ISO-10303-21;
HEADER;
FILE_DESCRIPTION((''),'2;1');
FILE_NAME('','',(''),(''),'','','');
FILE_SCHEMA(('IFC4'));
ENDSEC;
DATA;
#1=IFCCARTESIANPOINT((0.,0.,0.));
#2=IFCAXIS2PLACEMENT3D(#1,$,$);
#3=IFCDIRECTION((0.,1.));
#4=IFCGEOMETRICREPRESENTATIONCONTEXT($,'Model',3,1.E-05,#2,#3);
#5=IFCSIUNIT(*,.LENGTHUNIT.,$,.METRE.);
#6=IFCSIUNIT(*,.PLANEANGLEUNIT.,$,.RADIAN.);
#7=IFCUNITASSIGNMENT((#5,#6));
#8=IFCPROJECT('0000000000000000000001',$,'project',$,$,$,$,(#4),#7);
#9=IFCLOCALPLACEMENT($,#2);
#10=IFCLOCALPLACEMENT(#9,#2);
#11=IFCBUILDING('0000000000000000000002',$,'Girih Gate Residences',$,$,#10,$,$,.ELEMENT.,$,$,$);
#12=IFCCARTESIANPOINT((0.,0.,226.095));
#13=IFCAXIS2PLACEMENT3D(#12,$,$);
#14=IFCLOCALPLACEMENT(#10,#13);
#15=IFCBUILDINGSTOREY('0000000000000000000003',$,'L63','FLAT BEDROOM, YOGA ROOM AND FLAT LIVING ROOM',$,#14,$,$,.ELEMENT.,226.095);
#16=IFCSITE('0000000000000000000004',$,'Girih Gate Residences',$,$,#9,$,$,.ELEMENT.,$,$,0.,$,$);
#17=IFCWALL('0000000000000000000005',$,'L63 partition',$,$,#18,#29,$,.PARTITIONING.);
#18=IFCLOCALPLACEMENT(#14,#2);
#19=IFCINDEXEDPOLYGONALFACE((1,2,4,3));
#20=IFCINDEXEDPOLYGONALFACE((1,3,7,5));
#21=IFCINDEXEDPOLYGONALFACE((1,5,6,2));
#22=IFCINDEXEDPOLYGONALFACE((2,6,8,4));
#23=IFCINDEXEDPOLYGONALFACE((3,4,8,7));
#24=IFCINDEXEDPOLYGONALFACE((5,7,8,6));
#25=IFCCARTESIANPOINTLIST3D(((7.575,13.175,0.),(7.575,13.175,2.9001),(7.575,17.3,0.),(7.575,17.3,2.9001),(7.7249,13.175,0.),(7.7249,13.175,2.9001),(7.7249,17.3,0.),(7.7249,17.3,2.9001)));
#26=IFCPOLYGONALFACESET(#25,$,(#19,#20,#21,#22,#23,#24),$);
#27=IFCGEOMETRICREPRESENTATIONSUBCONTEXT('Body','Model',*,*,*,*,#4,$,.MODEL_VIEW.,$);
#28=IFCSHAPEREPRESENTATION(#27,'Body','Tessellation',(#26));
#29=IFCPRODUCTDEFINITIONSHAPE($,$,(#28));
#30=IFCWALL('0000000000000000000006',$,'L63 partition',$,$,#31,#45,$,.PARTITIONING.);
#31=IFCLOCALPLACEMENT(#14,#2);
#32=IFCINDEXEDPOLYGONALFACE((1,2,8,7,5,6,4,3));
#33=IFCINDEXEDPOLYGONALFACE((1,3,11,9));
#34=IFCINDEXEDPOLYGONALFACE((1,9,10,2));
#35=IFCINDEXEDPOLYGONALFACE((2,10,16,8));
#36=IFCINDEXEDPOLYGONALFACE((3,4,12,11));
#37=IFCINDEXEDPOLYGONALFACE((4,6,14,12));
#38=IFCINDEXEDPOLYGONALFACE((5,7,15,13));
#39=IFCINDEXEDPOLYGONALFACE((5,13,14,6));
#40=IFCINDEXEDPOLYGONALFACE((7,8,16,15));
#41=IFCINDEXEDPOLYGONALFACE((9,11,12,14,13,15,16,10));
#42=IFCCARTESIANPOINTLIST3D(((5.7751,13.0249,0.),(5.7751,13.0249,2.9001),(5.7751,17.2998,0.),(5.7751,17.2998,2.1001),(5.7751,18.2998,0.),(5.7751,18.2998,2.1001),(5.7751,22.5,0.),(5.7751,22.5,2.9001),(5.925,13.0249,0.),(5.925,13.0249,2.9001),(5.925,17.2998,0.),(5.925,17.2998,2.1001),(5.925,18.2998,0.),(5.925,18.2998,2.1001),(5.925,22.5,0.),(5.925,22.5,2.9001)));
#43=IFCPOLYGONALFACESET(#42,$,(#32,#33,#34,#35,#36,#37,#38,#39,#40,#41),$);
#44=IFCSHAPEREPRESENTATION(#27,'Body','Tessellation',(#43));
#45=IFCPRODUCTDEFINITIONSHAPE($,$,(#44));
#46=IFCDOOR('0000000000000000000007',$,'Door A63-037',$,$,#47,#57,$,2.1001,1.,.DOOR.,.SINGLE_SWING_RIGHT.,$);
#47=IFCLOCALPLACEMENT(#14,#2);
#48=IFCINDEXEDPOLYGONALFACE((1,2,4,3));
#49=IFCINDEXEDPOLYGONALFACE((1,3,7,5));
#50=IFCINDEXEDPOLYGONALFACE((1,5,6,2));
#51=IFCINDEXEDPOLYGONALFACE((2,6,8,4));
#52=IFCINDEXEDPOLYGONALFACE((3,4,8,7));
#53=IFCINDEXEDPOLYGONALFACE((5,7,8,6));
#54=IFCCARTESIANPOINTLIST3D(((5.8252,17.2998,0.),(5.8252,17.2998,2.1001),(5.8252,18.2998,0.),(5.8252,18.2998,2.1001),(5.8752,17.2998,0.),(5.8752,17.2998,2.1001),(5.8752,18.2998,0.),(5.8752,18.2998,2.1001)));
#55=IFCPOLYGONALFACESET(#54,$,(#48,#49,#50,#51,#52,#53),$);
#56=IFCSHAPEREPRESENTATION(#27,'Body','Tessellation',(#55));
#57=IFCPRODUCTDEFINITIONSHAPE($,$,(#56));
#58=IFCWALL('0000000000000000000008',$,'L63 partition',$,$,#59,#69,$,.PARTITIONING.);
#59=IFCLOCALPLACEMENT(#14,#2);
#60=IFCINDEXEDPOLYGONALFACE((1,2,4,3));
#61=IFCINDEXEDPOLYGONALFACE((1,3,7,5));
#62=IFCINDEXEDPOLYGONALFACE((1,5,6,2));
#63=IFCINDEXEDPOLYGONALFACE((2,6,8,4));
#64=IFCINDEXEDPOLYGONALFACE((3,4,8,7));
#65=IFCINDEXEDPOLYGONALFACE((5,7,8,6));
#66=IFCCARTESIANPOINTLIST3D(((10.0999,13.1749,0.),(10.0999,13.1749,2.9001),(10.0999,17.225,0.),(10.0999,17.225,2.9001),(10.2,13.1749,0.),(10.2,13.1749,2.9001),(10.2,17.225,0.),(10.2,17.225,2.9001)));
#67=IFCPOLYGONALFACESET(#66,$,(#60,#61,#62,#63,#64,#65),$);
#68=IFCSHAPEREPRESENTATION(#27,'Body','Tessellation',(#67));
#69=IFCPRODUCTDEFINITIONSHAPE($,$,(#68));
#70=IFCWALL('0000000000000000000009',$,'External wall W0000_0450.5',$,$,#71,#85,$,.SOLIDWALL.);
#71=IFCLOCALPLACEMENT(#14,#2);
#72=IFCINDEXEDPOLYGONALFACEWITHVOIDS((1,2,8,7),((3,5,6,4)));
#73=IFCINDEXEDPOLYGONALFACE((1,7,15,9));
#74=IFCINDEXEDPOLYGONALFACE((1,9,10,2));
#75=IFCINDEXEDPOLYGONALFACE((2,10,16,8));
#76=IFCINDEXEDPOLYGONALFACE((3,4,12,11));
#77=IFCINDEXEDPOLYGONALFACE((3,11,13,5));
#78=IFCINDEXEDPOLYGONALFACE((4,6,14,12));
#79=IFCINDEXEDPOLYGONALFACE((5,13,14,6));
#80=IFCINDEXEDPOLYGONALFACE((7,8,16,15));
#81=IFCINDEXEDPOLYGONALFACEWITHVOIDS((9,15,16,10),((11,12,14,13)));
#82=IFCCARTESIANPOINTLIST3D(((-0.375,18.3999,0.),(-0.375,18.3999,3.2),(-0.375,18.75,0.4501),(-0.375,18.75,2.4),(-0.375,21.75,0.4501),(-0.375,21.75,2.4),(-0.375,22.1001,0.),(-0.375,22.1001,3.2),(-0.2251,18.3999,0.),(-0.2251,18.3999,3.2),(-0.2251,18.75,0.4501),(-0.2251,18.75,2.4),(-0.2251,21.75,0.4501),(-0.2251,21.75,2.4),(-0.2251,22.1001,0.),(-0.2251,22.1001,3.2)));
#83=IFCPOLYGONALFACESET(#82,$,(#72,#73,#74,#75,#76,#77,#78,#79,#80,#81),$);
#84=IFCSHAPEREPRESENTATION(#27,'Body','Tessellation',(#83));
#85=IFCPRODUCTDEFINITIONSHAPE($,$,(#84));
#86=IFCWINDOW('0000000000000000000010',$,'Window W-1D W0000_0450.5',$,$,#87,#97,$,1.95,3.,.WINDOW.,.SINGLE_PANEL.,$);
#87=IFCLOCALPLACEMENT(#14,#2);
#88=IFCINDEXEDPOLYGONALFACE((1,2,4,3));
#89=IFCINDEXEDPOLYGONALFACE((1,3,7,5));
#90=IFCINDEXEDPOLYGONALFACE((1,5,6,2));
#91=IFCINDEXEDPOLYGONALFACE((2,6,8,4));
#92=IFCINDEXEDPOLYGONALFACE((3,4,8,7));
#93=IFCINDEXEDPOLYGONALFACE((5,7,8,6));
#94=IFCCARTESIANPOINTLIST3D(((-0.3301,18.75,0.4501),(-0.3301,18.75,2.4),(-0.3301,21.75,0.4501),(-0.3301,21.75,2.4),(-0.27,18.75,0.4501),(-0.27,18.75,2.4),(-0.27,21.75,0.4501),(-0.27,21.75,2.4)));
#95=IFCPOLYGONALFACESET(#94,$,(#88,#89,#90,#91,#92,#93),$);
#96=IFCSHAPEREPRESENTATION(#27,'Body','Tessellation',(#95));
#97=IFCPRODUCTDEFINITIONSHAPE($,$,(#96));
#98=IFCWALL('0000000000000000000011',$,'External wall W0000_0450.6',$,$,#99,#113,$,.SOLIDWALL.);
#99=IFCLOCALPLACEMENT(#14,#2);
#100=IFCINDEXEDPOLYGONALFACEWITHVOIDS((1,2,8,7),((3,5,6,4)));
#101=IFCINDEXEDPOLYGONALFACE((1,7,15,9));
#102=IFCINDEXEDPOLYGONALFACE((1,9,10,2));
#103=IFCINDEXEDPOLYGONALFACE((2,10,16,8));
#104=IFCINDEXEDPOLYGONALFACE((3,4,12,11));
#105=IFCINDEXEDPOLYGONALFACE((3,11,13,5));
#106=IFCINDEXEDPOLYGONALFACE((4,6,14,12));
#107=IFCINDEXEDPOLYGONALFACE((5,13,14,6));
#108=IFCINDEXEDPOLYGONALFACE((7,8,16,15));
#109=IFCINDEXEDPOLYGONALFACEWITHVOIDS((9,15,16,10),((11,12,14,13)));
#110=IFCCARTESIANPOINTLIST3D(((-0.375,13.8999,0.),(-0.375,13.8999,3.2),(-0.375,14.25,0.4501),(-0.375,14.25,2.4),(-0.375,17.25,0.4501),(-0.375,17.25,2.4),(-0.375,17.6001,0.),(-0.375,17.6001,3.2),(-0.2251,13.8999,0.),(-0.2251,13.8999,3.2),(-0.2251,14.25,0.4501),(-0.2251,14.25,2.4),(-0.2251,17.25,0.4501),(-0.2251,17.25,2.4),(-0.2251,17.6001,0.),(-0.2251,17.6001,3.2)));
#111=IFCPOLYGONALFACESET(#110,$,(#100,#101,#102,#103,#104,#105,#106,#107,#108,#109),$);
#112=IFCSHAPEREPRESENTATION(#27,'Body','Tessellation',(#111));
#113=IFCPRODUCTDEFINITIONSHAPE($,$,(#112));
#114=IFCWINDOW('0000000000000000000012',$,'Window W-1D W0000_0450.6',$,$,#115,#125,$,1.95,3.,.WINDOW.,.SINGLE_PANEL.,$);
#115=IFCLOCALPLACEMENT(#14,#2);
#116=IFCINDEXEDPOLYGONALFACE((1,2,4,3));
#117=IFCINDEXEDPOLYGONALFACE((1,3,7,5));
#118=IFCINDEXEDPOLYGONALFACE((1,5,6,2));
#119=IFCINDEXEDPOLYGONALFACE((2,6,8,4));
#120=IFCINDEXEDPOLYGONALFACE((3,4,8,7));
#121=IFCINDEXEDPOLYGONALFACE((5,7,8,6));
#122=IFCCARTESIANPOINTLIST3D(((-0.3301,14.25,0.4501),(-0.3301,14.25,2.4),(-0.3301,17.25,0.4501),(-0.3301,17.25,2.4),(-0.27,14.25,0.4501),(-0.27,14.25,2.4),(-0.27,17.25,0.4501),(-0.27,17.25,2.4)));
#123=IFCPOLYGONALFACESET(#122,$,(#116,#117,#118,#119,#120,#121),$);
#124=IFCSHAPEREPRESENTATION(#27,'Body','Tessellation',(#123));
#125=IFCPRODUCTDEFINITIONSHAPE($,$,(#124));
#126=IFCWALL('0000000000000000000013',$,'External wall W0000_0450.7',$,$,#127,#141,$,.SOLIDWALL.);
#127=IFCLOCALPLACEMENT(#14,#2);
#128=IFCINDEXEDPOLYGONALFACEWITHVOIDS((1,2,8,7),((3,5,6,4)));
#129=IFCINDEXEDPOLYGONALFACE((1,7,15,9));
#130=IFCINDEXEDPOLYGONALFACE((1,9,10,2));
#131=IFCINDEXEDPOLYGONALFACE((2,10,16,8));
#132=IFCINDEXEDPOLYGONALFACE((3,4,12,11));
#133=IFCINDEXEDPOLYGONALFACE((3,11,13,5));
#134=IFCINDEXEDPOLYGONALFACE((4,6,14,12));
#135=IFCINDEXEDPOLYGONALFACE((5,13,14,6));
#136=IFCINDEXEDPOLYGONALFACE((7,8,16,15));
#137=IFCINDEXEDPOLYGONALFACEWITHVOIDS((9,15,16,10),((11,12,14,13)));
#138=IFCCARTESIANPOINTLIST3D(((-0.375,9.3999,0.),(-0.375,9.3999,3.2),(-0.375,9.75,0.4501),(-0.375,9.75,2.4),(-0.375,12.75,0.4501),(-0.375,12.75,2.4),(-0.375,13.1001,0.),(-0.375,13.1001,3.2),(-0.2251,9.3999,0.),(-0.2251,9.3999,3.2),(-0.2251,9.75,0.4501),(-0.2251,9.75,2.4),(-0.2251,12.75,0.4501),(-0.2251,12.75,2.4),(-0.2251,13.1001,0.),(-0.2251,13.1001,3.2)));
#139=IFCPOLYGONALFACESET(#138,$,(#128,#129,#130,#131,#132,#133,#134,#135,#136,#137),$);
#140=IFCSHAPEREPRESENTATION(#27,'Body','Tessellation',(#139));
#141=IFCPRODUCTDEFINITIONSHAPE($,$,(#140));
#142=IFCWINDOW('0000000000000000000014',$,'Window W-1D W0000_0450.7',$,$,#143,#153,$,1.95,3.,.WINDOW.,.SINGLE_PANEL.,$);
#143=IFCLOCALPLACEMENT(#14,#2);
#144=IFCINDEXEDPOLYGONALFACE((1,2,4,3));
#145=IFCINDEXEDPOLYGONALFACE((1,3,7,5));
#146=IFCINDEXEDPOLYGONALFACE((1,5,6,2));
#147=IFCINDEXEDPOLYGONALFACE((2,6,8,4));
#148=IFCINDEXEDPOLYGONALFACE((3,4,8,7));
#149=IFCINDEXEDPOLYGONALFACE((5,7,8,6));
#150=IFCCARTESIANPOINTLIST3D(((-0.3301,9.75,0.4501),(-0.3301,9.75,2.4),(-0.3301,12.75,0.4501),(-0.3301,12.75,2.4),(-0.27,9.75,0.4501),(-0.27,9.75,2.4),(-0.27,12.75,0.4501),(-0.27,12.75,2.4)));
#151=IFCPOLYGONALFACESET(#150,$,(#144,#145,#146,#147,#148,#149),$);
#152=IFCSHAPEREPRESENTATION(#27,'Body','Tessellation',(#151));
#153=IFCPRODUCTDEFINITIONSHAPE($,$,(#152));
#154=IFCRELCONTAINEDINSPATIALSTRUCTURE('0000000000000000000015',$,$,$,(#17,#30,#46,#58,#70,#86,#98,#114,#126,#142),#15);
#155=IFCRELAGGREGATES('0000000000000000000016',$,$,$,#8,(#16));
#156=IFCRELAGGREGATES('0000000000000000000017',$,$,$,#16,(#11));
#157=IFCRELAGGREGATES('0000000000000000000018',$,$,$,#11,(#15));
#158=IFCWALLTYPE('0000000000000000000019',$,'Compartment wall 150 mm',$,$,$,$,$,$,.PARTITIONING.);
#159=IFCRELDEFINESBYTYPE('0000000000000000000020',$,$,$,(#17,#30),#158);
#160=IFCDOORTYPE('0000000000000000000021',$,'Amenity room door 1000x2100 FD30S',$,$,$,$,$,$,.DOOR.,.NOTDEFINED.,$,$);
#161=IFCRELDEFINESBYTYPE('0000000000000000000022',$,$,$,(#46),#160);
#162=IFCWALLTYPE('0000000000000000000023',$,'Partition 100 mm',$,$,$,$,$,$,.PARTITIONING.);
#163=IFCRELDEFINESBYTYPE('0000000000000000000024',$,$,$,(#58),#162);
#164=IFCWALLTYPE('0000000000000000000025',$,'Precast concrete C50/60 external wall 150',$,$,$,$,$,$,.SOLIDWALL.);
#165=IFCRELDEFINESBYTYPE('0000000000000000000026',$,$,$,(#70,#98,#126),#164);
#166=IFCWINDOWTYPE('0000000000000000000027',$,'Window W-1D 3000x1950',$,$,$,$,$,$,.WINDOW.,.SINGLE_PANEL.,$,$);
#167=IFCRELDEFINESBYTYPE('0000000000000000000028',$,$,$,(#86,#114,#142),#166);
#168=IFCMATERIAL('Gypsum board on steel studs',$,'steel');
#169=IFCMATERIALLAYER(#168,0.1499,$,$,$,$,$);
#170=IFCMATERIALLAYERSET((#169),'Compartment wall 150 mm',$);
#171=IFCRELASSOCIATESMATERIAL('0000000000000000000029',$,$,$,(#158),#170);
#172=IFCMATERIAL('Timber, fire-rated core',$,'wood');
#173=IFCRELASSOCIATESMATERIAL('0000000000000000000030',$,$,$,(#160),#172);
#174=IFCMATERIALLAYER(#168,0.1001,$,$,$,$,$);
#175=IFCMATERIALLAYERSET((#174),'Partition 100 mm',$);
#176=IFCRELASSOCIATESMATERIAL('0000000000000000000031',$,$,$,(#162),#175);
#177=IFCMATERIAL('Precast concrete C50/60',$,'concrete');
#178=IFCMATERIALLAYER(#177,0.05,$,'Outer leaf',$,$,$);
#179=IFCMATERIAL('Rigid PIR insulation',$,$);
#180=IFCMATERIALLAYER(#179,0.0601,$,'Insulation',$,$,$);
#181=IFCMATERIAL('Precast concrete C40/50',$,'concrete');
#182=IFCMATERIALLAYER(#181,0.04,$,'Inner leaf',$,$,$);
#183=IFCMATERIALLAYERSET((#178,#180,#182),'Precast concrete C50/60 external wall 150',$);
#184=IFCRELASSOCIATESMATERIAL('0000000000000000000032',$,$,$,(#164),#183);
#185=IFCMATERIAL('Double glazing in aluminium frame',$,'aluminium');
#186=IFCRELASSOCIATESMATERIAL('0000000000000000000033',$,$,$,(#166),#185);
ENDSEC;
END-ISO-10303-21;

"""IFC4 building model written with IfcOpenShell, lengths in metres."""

from ifc_helpers import new_model, si_unit, direction, frame, frame_2d, origin, place, context, subcontext, project, spatial, rectangle, extrude, material, layer, layer_set, type_object, element, fill, save


model = new_model("IFC4")

# Units and contexts
model_context = context("Model", 3, precision=1e-05, world=origin(), true_north=direction((0.0, 1.0)))
body_context = subcontext(model_context, "Body", "Model", "MODEL_VIEW")
ifc_project = project(units=[si_unit("LENGTHUNIT", "METRE"), si_unit("PLANEANGLEUNIT", "RADIAN")], contexts=[model_context])

# Site, building, storey
site_placement = place(None, origin())
site = spatial("IfcSite", under=ifc_project, at=site_placement, Name="Girih Gate Residences", CompositionType="ELEMENT", RefElevation=0.0)
building_placement = place(site_placement, origin())
building = spatial("IfcBuilding", under=site, at=building_placement, Name="Girih Gate Residences", CompositionType="ELEMENT")
storey_placement = place(building_placement, frame((0.0, 0.0, 226.095)))
storey = spatial("IfcBuildingStorey", under=building, at=storey_placement, Name="L63", Description="FLAT BEDROOM, YOGA ROOM AND FLAT LIVING ROOM", CompositionType="ELEMENT", Elevation=226.095)

# Shared definitions
ifc_material_1 = material(Name="Gypsum board on steel studs", Category="steel")
ifc_layer_1 = layer(ifc_material_1, 0.1499)
ifc_layer_set_1 = layer_set([ifc_layer_1], Name="Compartment wall 150 mm")
wall_type_1 = type_object("IfcWallType", Name="Compartment wall 150 mm", PredefinedType="PARTITIONING", material=ifc_layer_set_1)
ifc_material_2 = material(Name="Timber, fire-rated core", Category="wood")

# Wall
wall_1_placement = place(storey_placement, frame((7.6499, 13.175, 0.0), z_axis=(0.0, 0.0, 1.0), x_axis=(0.0, 1.0, 0.0)))
element("IfcWall", 1, at=wall_1_placement, inside=storey, type_object=wall_type_1, Name="L63 partition", PredefinedType="PARTITIONING", context=body_context, shape_type="SweptSolid", body=[
    extrude(rectangle(XDim=4.125, YDim=0.1499, at=frame_2d((2.0625, 0.0))), origin(), (0.0, 0.0, 1.0), 2.9001),
])

# Wall, opening, door
wall_2_placement = place(storey_placement, frame((5.8501, 13.0249, 0.0), z_axis=(0.0, 0.0, 1.0), x_axis=(0.0, 1.0, 0.0)))
wall_2 = element("IfcWall", 2, at=wall_2_placement, inside=storey, type_object=wall_type_1, Name="L63 partition", PredefinedType="PARTITIONING", context=body_context, shape_type="SweptSolid", body=[
    extrude(rectangle(XDim=9.4751, YDim=0.1499, at=frame_2d((4.7375, 0.0))), origin(), (0.0, 0.0, 1.0), 2.9001),
])
opening_1_placement = place(wall_2_placement, frame((4.2749, 0.0, 0.0)))
opening_1 = element("IfcOpeningElement", 3, at=opening_1_placement, cuts=wall_2, PredefinedType="OPENING", context=body_context, shape_type="SweptSolid", body=[
    extrude(rectangle(XDim=1.0, YDim=2.1001, at=frame_2d((0.5, 1.05))), frame((0.0, 0.085, 0.0), z_axis=(0.0, -1.0, 0.0), x_axis=(1.0, 0.0, 0.0)), (0.0, 0.0, 1.0), 0.1699),
])
door_type_1 = type_object("IfcDoorType", Name="Amenity room door 1000x2100 FD30S", OperationType="NOTDEFINED", PredefinedType="DOOR", material=ifc_material_2)
door_1_placement = place(opening_1_placement, origin())
door_1 = element("IfcDoor", 4, at=door_1_placement, inside=storey, type_object=door_type_1, Name="Door A63-037", OperationType="SINGLE_SWING_RIGHT", OverallHeight=2.1001, OverallWidth=1.0, PredefinedType="DOOR", context=body_context, shape_type="SweptSolid", body=[
    extrude(rectangle(XDim=1.0, YDim=2.1001, at=frame_2d((0.5, 1.05))), frame((0.0, 0.0249, 0.0), z_axis=(0.0, -1.0, 0.0), x_axis=(1.0, 0.0, 0.0)), (0.0, 0.0, 1.0), 0.05),
])
fill(opening_1, door_1)

# Wall
ifc_layer_2 = layer(ifc_material_1, 0.1001)
ifc_layer_set_2 = layer_set([ifc_layer_2], Name="Partition 100 mm")
wall_type_2 = type_object("IfcWallType", Name="Partition 100 mm", PredefinedType="PARTITIONING", material=ifc_layer_set_2)
wall_3_placement = place(storey_placement, frame((10.1499, 13.175, 0.0), z_axis=(0.0, 0.0, 1.0), x_axis=(0.0, 1.0, 0.0)))
element("IfcWall", 5, at=wall_3_placement, inside=storey, type_object=wall_type_2, Name="L63 partition", PredefinedType="PARTITIONING", context=body_context, shape_type="SweptSolid", body=[
    extrude(rectangle(XDim=4.05, YDim=0.1001, at=frame_2d((2.0249, 0.0))), origin(), (0.0, 0.0, 1.0), 2.9001),
])

# Walls, openings, windows
ifc_material_3 = material(Name="Precast concrete C50/60", Category="concrete")
ifc_layer_3 = layer(ifc_material_3, 0.05, Name="Outer leaf")
ifc_material_4 = material(Name="Rigid PIR insulation")
ifc_layer_4 = layer(ifc_material_4, 0.0601, Name="Insulation")
ifc_material_5 = material(Name="Precast concrete C40/50", Category="concrete")
ifc_layer_5 = layer(ifc_material_5, 0.04, Name="Inner leaf")
ifc_layer_set_3 = layer_set([ifc_layer_3, ifc_layer_4, ifc_layer_5], Name="Precast concrete C50/60 external wall 150")
wall_type_3 = type_object("IfcWallType", Name="Precast concrete C50/60 external wall 150", PredefinedType="SOLIDWALL", material=ifc_layer_set_3)
wall_4_placement = place(storey_placement, frame((-0.3, 18.3999, 0.0), z_axis=(0.0, 0.0, 1.0), x_axis=(0.0, 1.0, 0.0)))
wall_4 = element("IfcWall", 6, at=wall_4_placement, inside=storey, type_object=wall_type_3, Name="External wall W0000_0450.5", PredefinedType="SOLIDWALL", context=body_context, shape_type="SweptSolid", body=[
    extrude(rectangle(XDim=3.7002, YDim=0.1499, at=frame_2d((1.8501, 0.0))), origin(), (0.0, 0.0, 1.0), 3.2),
])
opening_2_placement = place(wall_4_placement, frame((0.3501, 0.0, 0.45)))
opening_2 = element("IfcOpeningElement", 7, at=opening_2_placement, cuts=wall_4, PredefinedType="OPENING", context=body_context, shape_type="SweptSolid", body=[
    extrude(rectangle(XDim=3.0, YDim=1.95, at=frame_2d((1.5, 0.9751))), frame((0.0, 0.085, 0.0), z_axis=(0.0, -1.0, 0.0), x_axis=(1.0, 0.0, 0.0)), (0.0, 0.0, 1.0), 0.1699),
])
ifc_material_6 = material(Name="Double glazing in aluminium frame", Category="aluminium")
window_type = type_object("IfcWindowType", Name="Window W-1D 3000x1950", PartitioningType="SINGLE_PANEL", PredefinedType="WINDOW", material=ifc_material_6)
window_1_placement = place(opening_2_placement, origin())
window_1 = element("IfcWindow", 8, at=window_1_placement, inside=storey, type_object=window_type, Name="Window W-1D W0000_0450.5", OverallHeight=1.95, OverallWidth=3.0, PartitioningType="SINGLE_PANEL", PredefinedType="WINDOW", context=body_context, shape_type="SweptSolid", body=[
    extrude(rectangle(XDim=3.0, YDim=1.95, at=frame_2d((1.5, 0.9751))), frame((0.0, 0.03, 0.0), z_axis=(0.0, -1.0, 0.0), x_axis=(1.0, 0.0, 0.0)), (0.0, 0.0, 1.0), 0.0601),
])
fill(opening_2, window_1)
wall_5_placement = place(storey_placement, frame((-0.3, 13.8999, 0.0), z_axis=(0.0, 0.0, 1.0), x_axis=(0.0, 1.0, 0.0)))
wall_5 = element("IfcWall", 9, at=wall_5_placement, inside=storey, type_object=wall_type_3, Name="External wall W0000_0450.6", PredefinedType="SOLIDWALL", context=body_context, shape_type="SweptSolid", body=[
    extrude(rectangle(XDim=3.7002, YDim=0.1499, at=frame_2d((1.8501, 0.0))), origin(), (0.0, 0.0, 1.0), 3.2),
])
opening_3_placement = place(wall_5_placement, frame((0.3501, 0.0, 0.45)))
opening_3 = element("IfcOpeningElement", 10, at=opening_3_placement, cuts=wall_5, PredefinedType="OPENING", context=body_context, shape_type="SweptSolid", body=[
    extrude(rectangle(XDim=3.0, YDim=1.95, at=frame_2d((1.5, 0.9751))), frame((0.0, 0.085, 0.0), z_axis=(0.0, -1.0, 0.0), x_axis=(1.0, 0.0, 0.0)), (0.0, 0.0, 1.0), 0.1699),
])
window_2_placement = place(opening_3_placement, origin())
window_2 = element("IfcWindow", 11, at=window_2_placement, inside=storey, type_object=window_type, Name="Window W-1D W0000_0450.6", OverallHeight=1.95, OverallWidth=3.0, PartitioningType="SINGLE_PANEL", PredefinedType="WINDOW", context=body_context, shape_type="SweptSolid", body=[
    extrude(rectangle(XDim=3.0, YDim=1.95, at=frame_2d((1.5, 0.9751))), frame((0.0, 0.03, 0.0), z_axis=(0.0, -1.0, 0.0), x_axis=(1.0, 0.0, 0.0)), (0.0, 0.0, 1.0), 0.0601),
])
fill(opening_3, window_2)
wall_6_placement = place(storey_placement, frame((-0.3, 9.3999, 0.0), z_axis=(0.0, 0.0, 1.0), x_axis=(0.0, 1.0, 0.0)))
wall_6 = element("IfcWall", 12, at=wall_6_placement, inside=storey, type_object=wall_type_3, Name="External wall W0000_0450.7", PredefinedType="SOLIDWALL", context=body_context, shape_type="SweptSolid", body=[
    extrude(rectangle(XDim=3.7002, YDim=0.1499, at=frame_2d((1.8501, 0.0))), origin(), (0.0, 0.0, 1.0), 3.2),
])
opening_4_placement = place(wall_6_placement, frame((0.3501, 0.0, 0.45)))
opening_4 = element("IfcOpeningElement", 13, at=opening_4_placement, cuts=wall_6, PredefinedType="OPENING", context=body_context, shape_type="SweptSolid", body=[
    extrude(rectangle(XDim=3.0, YDim=1.95, at=frame_2d((1.5, 0.9751))), frame((0.0, 0.085, 0.0), z_axis=(0.0, -1.0, 0.0), x_axis=(1.0, 0.0, 0.0)), (0.0, 0.0, 1.0), 0.1699),
])
window_3_placement = place(opening_4_placement, origin())
window_3 = element("IfcWindow", 14, at=window_3_placement, inside=storey, type_object=window_type, Name="Window W-1D W0000_0450.7", OverallHeight=1.95, OverallWidth=3.0, PartitioningType="SINGLE_PANEL", PredefinedType="WINDOW", context=body_context, shape_type="SweptSolid", body=[
    extrude(rectangle(XDim=3.0, YDim=1.95, at=frame_2d((1.5, 0.9751))), frame((0.0, 0.03, 0.0), z_axis=(0.0, -1.0, 0.0), x_axis=(1.0, 0.0, 0.0)), (0.0, 0.0, 1.0), 0.0601),
])
fill(opening_4, window_3)

save(model, "model.ifc")
